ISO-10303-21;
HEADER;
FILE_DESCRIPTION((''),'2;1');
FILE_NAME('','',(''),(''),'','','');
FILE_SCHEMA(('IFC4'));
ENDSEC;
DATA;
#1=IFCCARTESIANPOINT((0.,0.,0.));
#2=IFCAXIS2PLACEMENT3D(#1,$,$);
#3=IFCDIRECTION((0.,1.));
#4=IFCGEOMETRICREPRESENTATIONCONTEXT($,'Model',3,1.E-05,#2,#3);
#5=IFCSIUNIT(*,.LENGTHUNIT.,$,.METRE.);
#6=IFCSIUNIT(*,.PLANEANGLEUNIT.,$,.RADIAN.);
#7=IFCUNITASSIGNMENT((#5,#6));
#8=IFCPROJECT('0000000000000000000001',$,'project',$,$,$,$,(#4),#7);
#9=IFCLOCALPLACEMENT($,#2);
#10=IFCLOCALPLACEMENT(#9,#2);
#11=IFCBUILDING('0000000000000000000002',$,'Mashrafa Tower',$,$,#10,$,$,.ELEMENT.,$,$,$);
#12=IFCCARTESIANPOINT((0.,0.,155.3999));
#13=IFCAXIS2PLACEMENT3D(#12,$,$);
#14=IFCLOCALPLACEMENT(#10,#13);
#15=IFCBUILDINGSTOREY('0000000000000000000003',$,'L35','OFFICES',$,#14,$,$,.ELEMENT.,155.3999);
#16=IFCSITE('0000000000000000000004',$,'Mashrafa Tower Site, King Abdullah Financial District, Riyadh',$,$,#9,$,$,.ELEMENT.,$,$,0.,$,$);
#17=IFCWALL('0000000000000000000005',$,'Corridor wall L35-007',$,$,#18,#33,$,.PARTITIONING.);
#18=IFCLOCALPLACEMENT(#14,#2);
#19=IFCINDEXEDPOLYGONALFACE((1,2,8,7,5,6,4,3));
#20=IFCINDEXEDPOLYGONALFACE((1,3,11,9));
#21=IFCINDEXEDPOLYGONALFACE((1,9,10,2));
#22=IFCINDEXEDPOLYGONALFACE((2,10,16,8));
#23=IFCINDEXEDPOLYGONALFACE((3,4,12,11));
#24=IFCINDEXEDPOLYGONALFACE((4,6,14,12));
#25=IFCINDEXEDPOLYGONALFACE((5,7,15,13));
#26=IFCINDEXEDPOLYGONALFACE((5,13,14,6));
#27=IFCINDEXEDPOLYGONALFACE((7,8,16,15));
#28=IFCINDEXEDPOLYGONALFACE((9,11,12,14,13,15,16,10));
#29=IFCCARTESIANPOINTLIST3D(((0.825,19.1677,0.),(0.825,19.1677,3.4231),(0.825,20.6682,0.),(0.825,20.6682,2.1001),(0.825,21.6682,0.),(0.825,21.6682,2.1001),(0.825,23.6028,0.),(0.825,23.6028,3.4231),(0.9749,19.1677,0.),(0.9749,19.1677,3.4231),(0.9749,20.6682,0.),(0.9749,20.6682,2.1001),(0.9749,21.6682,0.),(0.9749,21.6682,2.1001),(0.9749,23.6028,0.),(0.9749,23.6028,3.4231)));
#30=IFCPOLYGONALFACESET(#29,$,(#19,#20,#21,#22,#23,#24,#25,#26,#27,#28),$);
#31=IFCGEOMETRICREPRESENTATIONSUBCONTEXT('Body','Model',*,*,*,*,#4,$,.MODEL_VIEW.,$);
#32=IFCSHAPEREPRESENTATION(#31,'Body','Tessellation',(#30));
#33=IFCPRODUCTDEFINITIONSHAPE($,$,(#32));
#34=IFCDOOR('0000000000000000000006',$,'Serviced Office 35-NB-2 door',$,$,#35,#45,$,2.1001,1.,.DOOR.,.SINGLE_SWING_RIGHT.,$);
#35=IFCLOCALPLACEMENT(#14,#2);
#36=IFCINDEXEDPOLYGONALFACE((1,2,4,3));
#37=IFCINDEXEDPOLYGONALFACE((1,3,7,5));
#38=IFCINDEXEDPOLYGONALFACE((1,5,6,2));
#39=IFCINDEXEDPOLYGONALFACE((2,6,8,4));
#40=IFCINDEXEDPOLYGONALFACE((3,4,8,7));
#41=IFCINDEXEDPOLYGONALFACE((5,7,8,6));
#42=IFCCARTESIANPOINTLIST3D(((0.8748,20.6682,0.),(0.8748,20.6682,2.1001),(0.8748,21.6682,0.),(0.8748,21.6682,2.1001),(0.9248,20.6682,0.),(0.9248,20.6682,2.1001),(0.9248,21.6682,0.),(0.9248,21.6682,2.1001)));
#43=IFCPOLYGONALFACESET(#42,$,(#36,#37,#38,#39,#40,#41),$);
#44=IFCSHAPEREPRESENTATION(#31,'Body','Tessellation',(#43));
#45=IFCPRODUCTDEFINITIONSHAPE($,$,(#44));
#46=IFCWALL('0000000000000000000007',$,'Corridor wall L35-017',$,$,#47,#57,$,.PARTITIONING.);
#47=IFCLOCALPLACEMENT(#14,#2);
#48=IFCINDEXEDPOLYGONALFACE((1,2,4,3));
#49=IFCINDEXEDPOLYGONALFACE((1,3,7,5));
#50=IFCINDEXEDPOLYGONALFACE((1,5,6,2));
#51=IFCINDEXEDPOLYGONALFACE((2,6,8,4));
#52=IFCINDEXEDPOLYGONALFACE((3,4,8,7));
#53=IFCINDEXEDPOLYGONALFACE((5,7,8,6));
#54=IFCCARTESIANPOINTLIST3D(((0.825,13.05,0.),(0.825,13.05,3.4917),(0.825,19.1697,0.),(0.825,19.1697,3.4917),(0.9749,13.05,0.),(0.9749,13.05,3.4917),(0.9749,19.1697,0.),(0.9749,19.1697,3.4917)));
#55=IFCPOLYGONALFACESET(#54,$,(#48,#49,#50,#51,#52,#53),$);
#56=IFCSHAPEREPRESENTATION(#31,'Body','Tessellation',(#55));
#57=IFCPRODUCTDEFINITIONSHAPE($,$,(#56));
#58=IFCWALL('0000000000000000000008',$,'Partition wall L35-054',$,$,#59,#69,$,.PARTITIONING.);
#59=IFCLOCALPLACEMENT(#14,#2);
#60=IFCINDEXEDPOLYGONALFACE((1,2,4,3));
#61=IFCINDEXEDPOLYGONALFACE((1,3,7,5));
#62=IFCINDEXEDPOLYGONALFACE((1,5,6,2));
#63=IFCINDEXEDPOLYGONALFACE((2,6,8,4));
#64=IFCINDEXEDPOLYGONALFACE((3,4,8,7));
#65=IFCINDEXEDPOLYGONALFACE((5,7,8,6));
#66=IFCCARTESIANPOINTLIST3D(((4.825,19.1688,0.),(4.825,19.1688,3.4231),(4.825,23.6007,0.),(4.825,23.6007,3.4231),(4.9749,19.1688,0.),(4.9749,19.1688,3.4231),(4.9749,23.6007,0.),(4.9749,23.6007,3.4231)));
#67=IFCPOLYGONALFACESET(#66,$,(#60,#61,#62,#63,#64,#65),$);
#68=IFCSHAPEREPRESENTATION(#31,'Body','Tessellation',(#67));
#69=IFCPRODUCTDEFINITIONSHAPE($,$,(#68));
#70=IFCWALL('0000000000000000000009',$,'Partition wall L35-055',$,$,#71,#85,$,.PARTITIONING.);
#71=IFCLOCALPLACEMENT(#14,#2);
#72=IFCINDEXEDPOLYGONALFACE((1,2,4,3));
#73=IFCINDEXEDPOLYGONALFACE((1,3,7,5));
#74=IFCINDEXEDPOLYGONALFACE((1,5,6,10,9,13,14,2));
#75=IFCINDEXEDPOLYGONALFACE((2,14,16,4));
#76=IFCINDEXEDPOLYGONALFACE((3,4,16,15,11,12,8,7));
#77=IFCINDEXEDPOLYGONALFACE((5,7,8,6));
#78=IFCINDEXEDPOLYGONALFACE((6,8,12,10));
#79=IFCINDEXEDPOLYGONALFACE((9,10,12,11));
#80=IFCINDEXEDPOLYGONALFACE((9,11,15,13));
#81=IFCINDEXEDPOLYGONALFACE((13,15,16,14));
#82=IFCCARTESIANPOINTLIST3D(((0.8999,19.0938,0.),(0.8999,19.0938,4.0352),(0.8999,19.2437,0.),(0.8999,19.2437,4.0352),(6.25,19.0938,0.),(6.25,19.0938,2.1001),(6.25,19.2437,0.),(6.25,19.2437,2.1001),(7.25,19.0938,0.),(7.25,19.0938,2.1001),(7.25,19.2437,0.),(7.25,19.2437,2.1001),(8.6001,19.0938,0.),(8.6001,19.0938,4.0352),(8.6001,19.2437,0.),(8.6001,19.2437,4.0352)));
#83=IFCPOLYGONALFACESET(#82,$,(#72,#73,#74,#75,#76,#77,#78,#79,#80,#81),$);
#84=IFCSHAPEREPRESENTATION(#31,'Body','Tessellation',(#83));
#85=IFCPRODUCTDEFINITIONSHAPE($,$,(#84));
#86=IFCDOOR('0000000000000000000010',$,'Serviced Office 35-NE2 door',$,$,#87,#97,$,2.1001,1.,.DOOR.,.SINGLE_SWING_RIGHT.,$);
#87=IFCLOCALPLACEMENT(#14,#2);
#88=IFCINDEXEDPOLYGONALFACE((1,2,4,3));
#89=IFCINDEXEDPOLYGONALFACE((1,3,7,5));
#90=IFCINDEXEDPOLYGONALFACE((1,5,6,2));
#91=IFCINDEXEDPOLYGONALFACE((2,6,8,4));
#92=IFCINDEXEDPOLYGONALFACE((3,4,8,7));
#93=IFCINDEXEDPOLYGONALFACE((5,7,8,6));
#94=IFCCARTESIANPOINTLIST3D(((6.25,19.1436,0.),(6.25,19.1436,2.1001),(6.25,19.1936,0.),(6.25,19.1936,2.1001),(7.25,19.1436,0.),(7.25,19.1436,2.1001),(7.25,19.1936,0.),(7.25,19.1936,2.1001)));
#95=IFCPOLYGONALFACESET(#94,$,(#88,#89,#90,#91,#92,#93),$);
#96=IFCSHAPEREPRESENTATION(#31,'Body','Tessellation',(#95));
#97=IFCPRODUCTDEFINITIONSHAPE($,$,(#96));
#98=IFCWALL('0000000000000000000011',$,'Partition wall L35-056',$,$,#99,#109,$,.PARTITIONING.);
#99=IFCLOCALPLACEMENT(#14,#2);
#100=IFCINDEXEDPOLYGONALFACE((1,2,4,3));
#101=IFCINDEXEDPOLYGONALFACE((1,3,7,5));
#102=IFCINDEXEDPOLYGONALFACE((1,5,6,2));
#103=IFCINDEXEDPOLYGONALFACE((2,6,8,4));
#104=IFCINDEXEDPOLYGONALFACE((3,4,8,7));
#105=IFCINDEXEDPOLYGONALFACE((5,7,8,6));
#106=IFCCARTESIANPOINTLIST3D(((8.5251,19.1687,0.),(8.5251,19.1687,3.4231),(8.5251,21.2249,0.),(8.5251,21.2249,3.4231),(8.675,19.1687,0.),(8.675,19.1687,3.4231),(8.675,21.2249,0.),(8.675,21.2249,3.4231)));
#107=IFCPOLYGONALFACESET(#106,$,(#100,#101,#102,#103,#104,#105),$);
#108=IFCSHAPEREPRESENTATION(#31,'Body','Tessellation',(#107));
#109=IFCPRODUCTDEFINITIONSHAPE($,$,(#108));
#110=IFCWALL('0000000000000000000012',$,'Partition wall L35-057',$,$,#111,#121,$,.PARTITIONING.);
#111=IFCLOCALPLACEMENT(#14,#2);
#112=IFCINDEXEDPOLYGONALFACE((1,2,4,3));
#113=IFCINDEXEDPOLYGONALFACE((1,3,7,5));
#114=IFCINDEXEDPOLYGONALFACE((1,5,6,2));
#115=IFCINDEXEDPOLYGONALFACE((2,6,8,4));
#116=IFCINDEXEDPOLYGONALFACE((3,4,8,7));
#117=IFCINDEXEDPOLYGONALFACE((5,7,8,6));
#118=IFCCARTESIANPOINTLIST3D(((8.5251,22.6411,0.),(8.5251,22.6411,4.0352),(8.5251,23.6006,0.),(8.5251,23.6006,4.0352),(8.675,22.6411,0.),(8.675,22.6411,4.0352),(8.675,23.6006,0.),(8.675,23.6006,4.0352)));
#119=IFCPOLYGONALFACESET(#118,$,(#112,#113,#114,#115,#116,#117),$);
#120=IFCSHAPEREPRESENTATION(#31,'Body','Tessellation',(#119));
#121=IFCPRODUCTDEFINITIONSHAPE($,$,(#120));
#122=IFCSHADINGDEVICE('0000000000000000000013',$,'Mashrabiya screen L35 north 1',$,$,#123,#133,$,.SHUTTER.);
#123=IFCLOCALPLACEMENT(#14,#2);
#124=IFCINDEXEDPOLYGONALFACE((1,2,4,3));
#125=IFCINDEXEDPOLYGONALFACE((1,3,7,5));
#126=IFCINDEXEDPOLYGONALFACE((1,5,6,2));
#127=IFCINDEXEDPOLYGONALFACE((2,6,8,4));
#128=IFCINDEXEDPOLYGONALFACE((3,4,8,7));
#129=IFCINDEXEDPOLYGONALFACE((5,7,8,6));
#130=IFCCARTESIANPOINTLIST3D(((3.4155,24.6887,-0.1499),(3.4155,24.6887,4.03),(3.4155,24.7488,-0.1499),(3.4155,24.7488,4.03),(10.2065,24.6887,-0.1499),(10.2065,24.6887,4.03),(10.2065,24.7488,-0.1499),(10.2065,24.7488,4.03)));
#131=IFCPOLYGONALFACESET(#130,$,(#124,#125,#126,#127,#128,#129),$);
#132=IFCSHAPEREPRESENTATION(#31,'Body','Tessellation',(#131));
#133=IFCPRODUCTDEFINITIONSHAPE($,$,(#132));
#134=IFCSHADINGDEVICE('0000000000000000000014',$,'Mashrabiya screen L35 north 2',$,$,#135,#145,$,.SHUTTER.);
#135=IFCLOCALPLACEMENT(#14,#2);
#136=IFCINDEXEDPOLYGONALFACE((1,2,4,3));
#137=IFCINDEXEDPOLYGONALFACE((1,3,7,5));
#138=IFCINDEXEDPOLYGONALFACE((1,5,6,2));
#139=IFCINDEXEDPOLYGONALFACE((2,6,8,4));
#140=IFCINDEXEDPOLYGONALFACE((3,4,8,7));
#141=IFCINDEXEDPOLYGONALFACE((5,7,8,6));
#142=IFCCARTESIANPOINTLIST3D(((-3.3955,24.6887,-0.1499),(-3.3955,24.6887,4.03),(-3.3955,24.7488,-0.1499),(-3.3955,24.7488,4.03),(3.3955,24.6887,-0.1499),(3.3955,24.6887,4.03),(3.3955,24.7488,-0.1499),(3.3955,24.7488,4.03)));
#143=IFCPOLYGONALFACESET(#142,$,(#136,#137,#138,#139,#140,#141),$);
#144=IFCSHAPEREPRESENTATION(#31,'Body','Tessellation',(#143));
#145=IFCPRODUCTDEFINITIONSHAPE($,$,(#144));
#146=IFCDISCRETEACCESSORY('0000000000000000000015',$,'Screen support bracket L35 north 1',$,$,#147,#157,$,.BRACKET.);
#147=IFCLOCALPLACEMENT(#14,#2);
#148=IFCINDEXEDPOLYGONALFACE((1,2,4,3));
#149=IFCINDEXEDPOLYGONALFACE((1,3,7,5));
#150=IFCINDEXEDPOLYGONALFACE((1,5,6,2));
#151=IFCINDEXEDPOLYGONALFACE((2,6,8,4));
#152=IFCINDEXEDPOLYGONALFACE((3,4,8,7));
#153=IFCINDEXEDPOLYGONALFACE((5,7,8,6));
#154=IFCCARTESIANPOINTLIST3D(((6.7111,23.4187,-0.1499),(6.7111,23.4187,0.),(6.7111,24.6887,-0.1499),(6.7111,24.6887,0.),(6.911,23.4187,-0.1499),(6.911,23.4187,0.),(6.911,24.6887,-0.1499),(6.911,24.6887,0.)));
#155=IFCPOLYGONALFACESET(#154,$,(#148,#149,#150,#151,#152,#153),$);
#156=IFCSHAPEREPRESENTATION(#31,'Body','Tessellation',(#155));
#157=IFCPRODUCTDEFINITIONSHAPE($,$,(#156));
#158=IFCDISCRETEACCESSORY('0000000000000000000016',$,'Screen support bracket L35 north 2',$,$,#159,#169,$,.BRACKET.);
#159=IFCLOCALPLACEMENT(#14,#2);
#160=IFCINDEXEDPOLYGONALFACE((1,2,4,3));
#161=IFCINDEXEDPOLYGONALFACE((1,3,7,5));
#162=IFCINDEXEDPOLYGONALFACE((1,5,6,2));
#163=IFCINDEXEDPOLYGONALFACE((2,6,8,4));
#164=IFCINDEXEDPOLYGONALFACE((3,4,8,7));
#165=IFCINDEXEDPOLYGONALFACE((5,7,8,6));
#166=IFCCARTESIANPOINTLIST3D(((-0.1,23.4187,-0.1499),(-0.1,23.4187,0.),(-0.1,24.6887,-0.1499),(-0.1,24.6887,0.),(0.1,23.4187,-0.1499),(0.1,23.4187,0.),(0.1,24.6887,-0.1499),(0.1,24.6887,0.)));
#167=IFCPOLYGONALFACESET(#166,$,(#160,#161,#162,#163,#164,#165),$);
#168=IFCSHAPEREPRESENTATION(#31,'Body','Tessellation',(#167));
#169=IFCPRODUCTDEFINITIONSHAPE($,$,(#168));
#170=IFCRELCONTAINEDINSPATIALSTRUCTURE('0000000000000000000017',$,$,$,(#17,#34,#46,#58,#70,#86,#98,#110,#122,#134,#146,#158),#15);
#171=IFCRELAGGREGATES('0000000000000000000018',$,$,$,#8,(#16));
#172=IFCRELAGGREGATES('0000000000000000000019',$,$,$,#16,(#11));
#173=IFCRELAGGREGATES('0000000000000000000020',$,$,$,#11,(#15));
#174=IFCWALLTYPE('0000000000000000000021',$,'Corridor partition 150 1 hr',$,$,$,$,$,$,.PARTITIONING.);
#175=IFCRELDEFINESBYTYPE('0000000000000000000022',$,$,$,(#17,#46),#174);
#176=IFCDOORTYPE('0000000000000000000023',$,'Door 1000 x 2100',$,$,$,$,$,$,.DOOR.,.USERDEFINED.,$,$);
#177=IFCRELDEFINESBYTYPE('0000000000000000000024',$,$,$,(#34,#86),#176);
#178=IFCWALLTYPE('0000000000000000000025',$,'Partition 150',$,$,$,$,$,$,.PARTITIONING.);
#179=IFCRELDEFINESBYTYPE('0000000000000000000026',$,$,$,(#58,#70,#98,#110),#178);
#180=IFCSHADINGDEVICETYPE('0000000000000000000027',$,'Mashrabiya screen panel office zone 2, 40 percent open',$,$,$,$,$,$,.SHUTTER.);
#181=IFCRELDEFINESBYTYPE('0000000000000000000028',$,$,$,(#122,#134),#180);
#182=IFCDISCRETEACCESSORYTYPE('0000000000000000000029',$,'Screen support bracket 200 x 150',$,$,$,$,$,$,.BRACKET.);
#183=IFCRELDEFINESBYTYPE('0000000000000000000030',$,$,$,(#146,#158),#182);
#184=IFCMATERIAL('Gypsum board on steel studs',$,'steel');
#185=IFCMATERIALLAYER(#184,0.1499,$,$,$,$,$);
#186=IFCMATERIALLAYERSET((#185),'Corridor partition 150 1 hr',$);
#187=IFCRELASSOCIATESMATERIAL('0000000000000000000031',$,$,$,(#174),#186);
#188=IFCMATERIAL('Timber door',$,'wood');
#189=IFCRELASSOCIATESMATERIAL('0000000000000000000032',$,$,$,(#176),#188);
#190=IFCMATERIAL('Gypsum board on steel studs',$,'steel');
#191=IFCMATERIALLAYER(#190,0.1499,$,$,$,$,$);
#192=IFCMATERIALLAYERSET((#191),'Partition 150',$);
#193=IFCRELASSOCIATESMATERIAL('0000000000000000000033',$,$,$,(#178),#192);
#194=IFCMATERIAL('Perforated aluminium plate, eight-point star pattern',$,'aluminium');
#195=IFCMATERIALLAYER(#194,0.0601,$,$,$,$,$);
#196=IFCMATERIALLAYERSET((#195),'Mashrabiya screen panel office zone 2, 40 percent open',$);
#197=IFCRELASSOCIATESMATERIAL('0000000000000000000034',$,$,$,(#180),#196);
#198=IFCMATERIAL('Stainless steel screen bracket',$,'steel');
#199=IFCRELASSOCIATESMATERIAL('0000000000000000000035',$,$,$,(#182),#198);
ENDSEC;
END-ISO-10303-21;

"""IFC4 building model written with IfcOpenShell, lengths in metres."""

from ifc_helpers import new_model, si_unit, direction, frame, frame_2d, origin, origin_2d, place, context, subcontext, project, spatial, rectangle, extrude, source, transform, mapped, material, layer, layer_set, type_object, type_shapes, element, fill, save


model = new_model("IFC4")

# Units and contexts
model_context = context("Model", 3, precision=1e-05, world=origin(), true_north=direction((0.0, 1.0)))
body_context = subcontext(model_context, "Body", "Model", "MODEL_VIEW")
ifc_project = project(units=[si_unit("LENGTHUNIT", "METRE"), si_unit("PLANEANGLEUNIT", "RADIAN")], contexts=[model_context])

# Site, building, storey
site_placement = place(None, origin())
site = spatial("IfcSite", under=ifc_project, at=site_placement, Name="Mashrafa Tower Site, King Abdullah Financial District, Riyadh", CompositionType="ELEMENT", RefElevation=0.0)
building_placement = place(site_placement, origin())
building = spatial("IfcBuilding", under=site, at=building_placement, Name="Mashrafa Tower", CompositionType="ELEMENT")
storey_placement = place(building_placement, frame((0.0, 0.0, 155.3999)))
storey = spatial("IfcBuildingStorey", under=building, at=storey_placement, Name="L35", Description="OFFICES", CompositionType="ELEMENT", Elevation=155.3999)

# Wall, opening, door
ifc_material_1 = material(Name="Gypsum board on steel studs", Category="steel")
ifc_layer_1 = layer(ifc_material_1, 0.1499)
ifc_layer_set_1 = layer_set([ifc_layer_1], Name="Corridor partition 150 1 hr")
wall_type_1 = type_object("IfcWallType", Name="Corridor partition 150 1 hr", PredefinedType="PARTITIONING", material=ifc_layer_set_1)
wall_1_placement = place(storey_placement, frame((0.8999, 19.1677, 0.0), z_axis=(0.0, 0.0, 1.0), x_axis=(0.0, 1.0, 0.0)))
wall_1 = element("IfcWall", 1, at=wall_1_placement, inside=storey, type_object=wall_type_1, Name="Corridor wall L35-007", PredefinedType="PARTITIONING", context=body_context, shape_type="SweptSolid", body=[
    extrude(rectangle(XDim=4.4351, YDim=0.1499, at=frame_2d((2.2175, 0.0))), origin(), (0.0, 0.0, 1.0), 3.4231),
])
opening_1_placement = place(wall_1_placement, frame((1.5005, 0.0, 0.0)))
opening_1 = element("IfcOpeningElement", 2, at=opening_1_placement, cuts=wall_1, PredefinedType="OPENING", context=body_context, shape_type="SweptSolid", body=[
    extrude(rectangle(XDim=1.0, YDim=2.1001, at=frame_2d((0.5, 1.05))), frame((0.0, 0.085, 0.0), z_axis=(0.0, -1.0, 0.0), x_axis=(1.0, 0.0, 0.0)), (0.0, 0.0, 1.0), 0.1699),
])
ifc_material_2 = material(Name="Timber door", Category="wood")
door_type = type_object("IfcDoorType", Name="Door 1000 x 2100", OperationType="USERDEFINED", PredefinedType="DOOR", material=ifc_material_2)
door_1_placement = place(opening_1_placement, frame((1.0, 0.0, 0.0), z_axis=(0.0, 0.0, 1.0), x_axis=(-1.0, 0.0, 0.0)))
door_1 = element("IfcDoor", 3, at=door_1_placement, inside=storey, type_object=door_type, Name="Serviced Office 35-NB-2 door", OperationType="SINGLE_SWING_RIGHT", OverallHeight=2.1001, OverallWidth=1.0, PredefinedType="DOOR", context=body_context, shape_type="SweptSolid", body=[
    extrude(rectangle(XDim=1.0, YDim=2.1001, at=frame_2d((0.5, 1.05))), frame((0.0, 0.0249, 0.0), z_axis=(0.0, -1.0, 0.0), x_axis=(1.0, 0.0, 0.0)), (0.0, 0.0, 1.0), 0.05),
])
fill(opening_1, door_1)

# Walls
wall_2_placement = place(storey_placement, frame((0.8999, 13.05, 0.0), z_axis=(0.0, 0.0, 1.0), x_axis=(0.0, 1.0, 0.0)))
element("IfcWall", 4, at=wall_2_placement, inside=storey, type_object=wall_type_1, Name="Corridor wall L35-017", PredefinedType="PARTITIONING", context=body_context, shape_type="SweptSolid", body=[
    extrude(rectangle(XDim=6.1196, YDim=0.1499, at=frame_2d((3.0598, 0.0))), origin(), (0.0, 0.0, 1.0), 3.4917),
])
ifc_material_3 = material(Name="Gypsum board on steel studs", Category="steel")
ifc_layer_2 = layer(ifc_material_3, 0.1499)
ifc_layer_set_2 = layer_set([ifc_layer_2], Name="Partition 150")
wall_type_2 = type_object("IfcWallType", Name="Partition 150", PredefinedType="PARTITIONING", material=ifc_layer_set_2)
wall_3_placement = place(storey_placement, frame((4.8999, 23.6006, 0.0), z_axis=(0.0, 0.0, 1.0), x_axis=(0.0, -1.0, 0.0)))
element("IfcWall", 5, at=wall_3_placement, inside=storey, type_object=wall_type_2, Name="Partition wall L35-054", PredefinedType="PARTITIONING", context=body_context, shape_type="SweptSolid", body=[
    extrude(rectangle(XDim=4.4319, YDim=0.1499, at=frame_2d((2.2158, 0.0))), origin(), (0.0, 0.0, 1.0), 3.4231),
])

# Wall, opening, door
wall_4_placement = place(storey_placement, frame((8.6001, 19.1687, 0.0), z_axis=(0.0, 0.0, 1.0), x_axis=(-1.0, 0.0, 0.0)))
wall_4 = element("IfcWall", 6, at=wall_4_placement, inside=storey, type_object=wall_type_2, Name="Partition wall L35-055", PredefinedType="PARTITIONING", context=body_context, shape_type="SweptSolid", body=[
    extrude(rectangle(XDim=7.7002, YDim=0.1499, at=frame_2d((3.8501, 0.0))), origin(), (0.0, 0.0, 1.0), 4.0352),
])
opening_2_placement = place(wall_4_placement, frame((1.3501, 0.0, 0.0)))
opening_2 = element("IfcOpeningElement", 7, at=opening_2_placement, cuts=wall_4, PredefinedType="OPENING", context=body_context, shape_type="SweptSolid", body=[
    extrude(rectangle(XDim=1.0, YDim=2.1001, at=frame_2d((0.5, 1.05))), frame((0.0, 0.085, 0.0), z_axis=(0.0, -1.0, 0.0), x_axis=(1.0, 0.0, 0.0)), (0.0, 0.0, 1.0), 0.1699),
])
door_2_placement = place(opening_2_placement, frame((1.0, 0.0, 0.0), z_axis=(0.0, 0.0, 1.0), x_axis=(-1.0, 0.0, 0.0)))
door_2 = element("IfcDoor", 8, at=door_2_placement, inside=storey, type_object=door_type, Name="Serviced Office 35-NE2 door", OperationType="SINGLE_SWING_RIGHT", OverallHeight=2.1001, OverallWidth=1.0, PredefinedType="DOOR", context=body_context, shape_type="SweptSolid", body=[
    extrude(rectangle(XDim=1.0, YDim=2.1001, at=frame_2d((0.5, 1.05))), frame((0.0, 0.0249, 0.0), z_axis=(0.0, -1.0, 0.0), x_axis=(1.0, 0.0, 0.0)), (0.0, 0.0, 1.0), 0.05),
])
fill(opening_2, door_2)

# Walls
wall_5_placement = place(storey_placement, frame((8.6001, 19.1687, 0.0), z_axis=(0.0, 0.0, 1.0), x_axis=(0.0, 1.0, 0.0)))
element("IfcWall", 9, at=wall_5_placement, inside=storey, type_object=wall_type_2, Name="Partition wall L35-056", PredefinedType="PARTITIONING", context=body_context, shape_type="SweptSolid", body=[
    extrude(rectangle(XDim=2.0562, YDim=0.1499, at=frame_2d((1.0281, 0.0))), origin(), (0.0, 0.0, 1.0), 3.4231),
])
wall_6_placement = place(storey_placement, frame((8.6001, 22.6411, 0.0), z_axis=(0.0, 0.0, 1.0), x_axis=(0.0, 1.0, 0.0)))
element("IfcWall", 10, at=wall_6_placement, inside=storey, type_object=wall_type_2, Name="Partition wall L35-057", PredefinedType="PARTITIONING", context=body_context, shape_type="SweptSolid", body=[
    extrude(rectangle(XDim=0.9595, YDim=0.1499, at=frame_2d((0.4797, 0.0))), origin(), (0.0, 0.0, 1.0), 4.0352),
])

# Shading devices
ifc_material_4 = material(Name="Perforated aluminium plate, eight-point star pattern", Category="aluminium")
ifc_layer_3 = layer(ifc_material_4, 0.0601)
ifc_layer_set_3 = layer_set([ifc_layer_3], Name="Mashrabiya screen panel office zone 2, 40 percent open")
shading_device_type = type_object("IfcShadingDeviceType", Name="Mashrabiya screen panel office zone 2, 40 percent open", PredefinedType="SHUTTER", material=ifc_layer_set_3)
shared_shape_1 = source(origin(), body_context, "Body", "SweptSolid", [
    extrude(rectangle(XDim=6.791, YDim=0.0601, at=origin_2d()), origin(), (0.0, 0.0, 1.0), 4.1799),
])
type_shapes(shading_device_type, [shared_shape_1])
for number, where, z_axis, x_axis, name in (
    (11, (6.811, 24.7188, -0.1499), (0.0, 0.0, 1.0), (-1.0, 0.0, 0.0), "Mashrabiya screen L35 north 1"),
    (12, (0.0, 24.7188, -0.1499), (0.0, 0.0, 1.0), (-1.0, 0.0, 0.0), "Mashrabiya screen L35 north 2"),
):
    element("IfcShadingDevice", number, at=place(storey_placement, frame(where, z_axis=z_axis, x_axis=x_axis)), inside=storey, type_object=shading_device_type, Name=name, PredefinedType="SHUTTER", context=body_context, shape_type="MappedRepresentation", body=[
        mapped(shared_shape_1, transform((0.0, 0.0, 0.0))),
    ])

# Discrete accessories
ifc_material_5 = material(Name="Stainless steel screen bracket", Category="steel")
discrete_accessory_type = type_object("IfcDiscreteAccessoryType", Name="Screen support bracket 200 x 150", PredefinedType="BRACKET", material=ifc_material_5)
shared_shape_2 = source(origin(), body_context, "Body", "SweptSolid", [
    extrude(rectangle(XDim=0.2, YDim=1.27, at=origin_2d()), origin(), (0.0, 0.0, 1.0), 0.1499),
])
type_shapes(discrete_accessory_type, [shared_shape_2])
for number, where, z_axis, x_axis, name in (
    (13, (6.811, 24.0537, -0.1499), (0.0, 0.0, 1.0), (-1.0, 0.0, 0.0), "Screen support bracket L35 north 1"),
    (14, (0.0, 24.0537, -0.1499), (0.0, 0.0, 1.0), (-1.0, 0.0, 0.0), "Screen support bracket L35 north 2"),
):
    element("IfcDiscreteAccessory", number, at=place(storey_placement, frame(where, z_axis=z_axis, x_axis=x_axis)), inside=storey, type_object=discrete_accessory_type, Name=name, PredefinedType="BRACKET", context=body_context, shape_type="MappedRepresentation", body=[
        mapped(shared_shape_2, transform((0.0, 0.0, 0.0))),
    ])

save(model, "model.ifc")
